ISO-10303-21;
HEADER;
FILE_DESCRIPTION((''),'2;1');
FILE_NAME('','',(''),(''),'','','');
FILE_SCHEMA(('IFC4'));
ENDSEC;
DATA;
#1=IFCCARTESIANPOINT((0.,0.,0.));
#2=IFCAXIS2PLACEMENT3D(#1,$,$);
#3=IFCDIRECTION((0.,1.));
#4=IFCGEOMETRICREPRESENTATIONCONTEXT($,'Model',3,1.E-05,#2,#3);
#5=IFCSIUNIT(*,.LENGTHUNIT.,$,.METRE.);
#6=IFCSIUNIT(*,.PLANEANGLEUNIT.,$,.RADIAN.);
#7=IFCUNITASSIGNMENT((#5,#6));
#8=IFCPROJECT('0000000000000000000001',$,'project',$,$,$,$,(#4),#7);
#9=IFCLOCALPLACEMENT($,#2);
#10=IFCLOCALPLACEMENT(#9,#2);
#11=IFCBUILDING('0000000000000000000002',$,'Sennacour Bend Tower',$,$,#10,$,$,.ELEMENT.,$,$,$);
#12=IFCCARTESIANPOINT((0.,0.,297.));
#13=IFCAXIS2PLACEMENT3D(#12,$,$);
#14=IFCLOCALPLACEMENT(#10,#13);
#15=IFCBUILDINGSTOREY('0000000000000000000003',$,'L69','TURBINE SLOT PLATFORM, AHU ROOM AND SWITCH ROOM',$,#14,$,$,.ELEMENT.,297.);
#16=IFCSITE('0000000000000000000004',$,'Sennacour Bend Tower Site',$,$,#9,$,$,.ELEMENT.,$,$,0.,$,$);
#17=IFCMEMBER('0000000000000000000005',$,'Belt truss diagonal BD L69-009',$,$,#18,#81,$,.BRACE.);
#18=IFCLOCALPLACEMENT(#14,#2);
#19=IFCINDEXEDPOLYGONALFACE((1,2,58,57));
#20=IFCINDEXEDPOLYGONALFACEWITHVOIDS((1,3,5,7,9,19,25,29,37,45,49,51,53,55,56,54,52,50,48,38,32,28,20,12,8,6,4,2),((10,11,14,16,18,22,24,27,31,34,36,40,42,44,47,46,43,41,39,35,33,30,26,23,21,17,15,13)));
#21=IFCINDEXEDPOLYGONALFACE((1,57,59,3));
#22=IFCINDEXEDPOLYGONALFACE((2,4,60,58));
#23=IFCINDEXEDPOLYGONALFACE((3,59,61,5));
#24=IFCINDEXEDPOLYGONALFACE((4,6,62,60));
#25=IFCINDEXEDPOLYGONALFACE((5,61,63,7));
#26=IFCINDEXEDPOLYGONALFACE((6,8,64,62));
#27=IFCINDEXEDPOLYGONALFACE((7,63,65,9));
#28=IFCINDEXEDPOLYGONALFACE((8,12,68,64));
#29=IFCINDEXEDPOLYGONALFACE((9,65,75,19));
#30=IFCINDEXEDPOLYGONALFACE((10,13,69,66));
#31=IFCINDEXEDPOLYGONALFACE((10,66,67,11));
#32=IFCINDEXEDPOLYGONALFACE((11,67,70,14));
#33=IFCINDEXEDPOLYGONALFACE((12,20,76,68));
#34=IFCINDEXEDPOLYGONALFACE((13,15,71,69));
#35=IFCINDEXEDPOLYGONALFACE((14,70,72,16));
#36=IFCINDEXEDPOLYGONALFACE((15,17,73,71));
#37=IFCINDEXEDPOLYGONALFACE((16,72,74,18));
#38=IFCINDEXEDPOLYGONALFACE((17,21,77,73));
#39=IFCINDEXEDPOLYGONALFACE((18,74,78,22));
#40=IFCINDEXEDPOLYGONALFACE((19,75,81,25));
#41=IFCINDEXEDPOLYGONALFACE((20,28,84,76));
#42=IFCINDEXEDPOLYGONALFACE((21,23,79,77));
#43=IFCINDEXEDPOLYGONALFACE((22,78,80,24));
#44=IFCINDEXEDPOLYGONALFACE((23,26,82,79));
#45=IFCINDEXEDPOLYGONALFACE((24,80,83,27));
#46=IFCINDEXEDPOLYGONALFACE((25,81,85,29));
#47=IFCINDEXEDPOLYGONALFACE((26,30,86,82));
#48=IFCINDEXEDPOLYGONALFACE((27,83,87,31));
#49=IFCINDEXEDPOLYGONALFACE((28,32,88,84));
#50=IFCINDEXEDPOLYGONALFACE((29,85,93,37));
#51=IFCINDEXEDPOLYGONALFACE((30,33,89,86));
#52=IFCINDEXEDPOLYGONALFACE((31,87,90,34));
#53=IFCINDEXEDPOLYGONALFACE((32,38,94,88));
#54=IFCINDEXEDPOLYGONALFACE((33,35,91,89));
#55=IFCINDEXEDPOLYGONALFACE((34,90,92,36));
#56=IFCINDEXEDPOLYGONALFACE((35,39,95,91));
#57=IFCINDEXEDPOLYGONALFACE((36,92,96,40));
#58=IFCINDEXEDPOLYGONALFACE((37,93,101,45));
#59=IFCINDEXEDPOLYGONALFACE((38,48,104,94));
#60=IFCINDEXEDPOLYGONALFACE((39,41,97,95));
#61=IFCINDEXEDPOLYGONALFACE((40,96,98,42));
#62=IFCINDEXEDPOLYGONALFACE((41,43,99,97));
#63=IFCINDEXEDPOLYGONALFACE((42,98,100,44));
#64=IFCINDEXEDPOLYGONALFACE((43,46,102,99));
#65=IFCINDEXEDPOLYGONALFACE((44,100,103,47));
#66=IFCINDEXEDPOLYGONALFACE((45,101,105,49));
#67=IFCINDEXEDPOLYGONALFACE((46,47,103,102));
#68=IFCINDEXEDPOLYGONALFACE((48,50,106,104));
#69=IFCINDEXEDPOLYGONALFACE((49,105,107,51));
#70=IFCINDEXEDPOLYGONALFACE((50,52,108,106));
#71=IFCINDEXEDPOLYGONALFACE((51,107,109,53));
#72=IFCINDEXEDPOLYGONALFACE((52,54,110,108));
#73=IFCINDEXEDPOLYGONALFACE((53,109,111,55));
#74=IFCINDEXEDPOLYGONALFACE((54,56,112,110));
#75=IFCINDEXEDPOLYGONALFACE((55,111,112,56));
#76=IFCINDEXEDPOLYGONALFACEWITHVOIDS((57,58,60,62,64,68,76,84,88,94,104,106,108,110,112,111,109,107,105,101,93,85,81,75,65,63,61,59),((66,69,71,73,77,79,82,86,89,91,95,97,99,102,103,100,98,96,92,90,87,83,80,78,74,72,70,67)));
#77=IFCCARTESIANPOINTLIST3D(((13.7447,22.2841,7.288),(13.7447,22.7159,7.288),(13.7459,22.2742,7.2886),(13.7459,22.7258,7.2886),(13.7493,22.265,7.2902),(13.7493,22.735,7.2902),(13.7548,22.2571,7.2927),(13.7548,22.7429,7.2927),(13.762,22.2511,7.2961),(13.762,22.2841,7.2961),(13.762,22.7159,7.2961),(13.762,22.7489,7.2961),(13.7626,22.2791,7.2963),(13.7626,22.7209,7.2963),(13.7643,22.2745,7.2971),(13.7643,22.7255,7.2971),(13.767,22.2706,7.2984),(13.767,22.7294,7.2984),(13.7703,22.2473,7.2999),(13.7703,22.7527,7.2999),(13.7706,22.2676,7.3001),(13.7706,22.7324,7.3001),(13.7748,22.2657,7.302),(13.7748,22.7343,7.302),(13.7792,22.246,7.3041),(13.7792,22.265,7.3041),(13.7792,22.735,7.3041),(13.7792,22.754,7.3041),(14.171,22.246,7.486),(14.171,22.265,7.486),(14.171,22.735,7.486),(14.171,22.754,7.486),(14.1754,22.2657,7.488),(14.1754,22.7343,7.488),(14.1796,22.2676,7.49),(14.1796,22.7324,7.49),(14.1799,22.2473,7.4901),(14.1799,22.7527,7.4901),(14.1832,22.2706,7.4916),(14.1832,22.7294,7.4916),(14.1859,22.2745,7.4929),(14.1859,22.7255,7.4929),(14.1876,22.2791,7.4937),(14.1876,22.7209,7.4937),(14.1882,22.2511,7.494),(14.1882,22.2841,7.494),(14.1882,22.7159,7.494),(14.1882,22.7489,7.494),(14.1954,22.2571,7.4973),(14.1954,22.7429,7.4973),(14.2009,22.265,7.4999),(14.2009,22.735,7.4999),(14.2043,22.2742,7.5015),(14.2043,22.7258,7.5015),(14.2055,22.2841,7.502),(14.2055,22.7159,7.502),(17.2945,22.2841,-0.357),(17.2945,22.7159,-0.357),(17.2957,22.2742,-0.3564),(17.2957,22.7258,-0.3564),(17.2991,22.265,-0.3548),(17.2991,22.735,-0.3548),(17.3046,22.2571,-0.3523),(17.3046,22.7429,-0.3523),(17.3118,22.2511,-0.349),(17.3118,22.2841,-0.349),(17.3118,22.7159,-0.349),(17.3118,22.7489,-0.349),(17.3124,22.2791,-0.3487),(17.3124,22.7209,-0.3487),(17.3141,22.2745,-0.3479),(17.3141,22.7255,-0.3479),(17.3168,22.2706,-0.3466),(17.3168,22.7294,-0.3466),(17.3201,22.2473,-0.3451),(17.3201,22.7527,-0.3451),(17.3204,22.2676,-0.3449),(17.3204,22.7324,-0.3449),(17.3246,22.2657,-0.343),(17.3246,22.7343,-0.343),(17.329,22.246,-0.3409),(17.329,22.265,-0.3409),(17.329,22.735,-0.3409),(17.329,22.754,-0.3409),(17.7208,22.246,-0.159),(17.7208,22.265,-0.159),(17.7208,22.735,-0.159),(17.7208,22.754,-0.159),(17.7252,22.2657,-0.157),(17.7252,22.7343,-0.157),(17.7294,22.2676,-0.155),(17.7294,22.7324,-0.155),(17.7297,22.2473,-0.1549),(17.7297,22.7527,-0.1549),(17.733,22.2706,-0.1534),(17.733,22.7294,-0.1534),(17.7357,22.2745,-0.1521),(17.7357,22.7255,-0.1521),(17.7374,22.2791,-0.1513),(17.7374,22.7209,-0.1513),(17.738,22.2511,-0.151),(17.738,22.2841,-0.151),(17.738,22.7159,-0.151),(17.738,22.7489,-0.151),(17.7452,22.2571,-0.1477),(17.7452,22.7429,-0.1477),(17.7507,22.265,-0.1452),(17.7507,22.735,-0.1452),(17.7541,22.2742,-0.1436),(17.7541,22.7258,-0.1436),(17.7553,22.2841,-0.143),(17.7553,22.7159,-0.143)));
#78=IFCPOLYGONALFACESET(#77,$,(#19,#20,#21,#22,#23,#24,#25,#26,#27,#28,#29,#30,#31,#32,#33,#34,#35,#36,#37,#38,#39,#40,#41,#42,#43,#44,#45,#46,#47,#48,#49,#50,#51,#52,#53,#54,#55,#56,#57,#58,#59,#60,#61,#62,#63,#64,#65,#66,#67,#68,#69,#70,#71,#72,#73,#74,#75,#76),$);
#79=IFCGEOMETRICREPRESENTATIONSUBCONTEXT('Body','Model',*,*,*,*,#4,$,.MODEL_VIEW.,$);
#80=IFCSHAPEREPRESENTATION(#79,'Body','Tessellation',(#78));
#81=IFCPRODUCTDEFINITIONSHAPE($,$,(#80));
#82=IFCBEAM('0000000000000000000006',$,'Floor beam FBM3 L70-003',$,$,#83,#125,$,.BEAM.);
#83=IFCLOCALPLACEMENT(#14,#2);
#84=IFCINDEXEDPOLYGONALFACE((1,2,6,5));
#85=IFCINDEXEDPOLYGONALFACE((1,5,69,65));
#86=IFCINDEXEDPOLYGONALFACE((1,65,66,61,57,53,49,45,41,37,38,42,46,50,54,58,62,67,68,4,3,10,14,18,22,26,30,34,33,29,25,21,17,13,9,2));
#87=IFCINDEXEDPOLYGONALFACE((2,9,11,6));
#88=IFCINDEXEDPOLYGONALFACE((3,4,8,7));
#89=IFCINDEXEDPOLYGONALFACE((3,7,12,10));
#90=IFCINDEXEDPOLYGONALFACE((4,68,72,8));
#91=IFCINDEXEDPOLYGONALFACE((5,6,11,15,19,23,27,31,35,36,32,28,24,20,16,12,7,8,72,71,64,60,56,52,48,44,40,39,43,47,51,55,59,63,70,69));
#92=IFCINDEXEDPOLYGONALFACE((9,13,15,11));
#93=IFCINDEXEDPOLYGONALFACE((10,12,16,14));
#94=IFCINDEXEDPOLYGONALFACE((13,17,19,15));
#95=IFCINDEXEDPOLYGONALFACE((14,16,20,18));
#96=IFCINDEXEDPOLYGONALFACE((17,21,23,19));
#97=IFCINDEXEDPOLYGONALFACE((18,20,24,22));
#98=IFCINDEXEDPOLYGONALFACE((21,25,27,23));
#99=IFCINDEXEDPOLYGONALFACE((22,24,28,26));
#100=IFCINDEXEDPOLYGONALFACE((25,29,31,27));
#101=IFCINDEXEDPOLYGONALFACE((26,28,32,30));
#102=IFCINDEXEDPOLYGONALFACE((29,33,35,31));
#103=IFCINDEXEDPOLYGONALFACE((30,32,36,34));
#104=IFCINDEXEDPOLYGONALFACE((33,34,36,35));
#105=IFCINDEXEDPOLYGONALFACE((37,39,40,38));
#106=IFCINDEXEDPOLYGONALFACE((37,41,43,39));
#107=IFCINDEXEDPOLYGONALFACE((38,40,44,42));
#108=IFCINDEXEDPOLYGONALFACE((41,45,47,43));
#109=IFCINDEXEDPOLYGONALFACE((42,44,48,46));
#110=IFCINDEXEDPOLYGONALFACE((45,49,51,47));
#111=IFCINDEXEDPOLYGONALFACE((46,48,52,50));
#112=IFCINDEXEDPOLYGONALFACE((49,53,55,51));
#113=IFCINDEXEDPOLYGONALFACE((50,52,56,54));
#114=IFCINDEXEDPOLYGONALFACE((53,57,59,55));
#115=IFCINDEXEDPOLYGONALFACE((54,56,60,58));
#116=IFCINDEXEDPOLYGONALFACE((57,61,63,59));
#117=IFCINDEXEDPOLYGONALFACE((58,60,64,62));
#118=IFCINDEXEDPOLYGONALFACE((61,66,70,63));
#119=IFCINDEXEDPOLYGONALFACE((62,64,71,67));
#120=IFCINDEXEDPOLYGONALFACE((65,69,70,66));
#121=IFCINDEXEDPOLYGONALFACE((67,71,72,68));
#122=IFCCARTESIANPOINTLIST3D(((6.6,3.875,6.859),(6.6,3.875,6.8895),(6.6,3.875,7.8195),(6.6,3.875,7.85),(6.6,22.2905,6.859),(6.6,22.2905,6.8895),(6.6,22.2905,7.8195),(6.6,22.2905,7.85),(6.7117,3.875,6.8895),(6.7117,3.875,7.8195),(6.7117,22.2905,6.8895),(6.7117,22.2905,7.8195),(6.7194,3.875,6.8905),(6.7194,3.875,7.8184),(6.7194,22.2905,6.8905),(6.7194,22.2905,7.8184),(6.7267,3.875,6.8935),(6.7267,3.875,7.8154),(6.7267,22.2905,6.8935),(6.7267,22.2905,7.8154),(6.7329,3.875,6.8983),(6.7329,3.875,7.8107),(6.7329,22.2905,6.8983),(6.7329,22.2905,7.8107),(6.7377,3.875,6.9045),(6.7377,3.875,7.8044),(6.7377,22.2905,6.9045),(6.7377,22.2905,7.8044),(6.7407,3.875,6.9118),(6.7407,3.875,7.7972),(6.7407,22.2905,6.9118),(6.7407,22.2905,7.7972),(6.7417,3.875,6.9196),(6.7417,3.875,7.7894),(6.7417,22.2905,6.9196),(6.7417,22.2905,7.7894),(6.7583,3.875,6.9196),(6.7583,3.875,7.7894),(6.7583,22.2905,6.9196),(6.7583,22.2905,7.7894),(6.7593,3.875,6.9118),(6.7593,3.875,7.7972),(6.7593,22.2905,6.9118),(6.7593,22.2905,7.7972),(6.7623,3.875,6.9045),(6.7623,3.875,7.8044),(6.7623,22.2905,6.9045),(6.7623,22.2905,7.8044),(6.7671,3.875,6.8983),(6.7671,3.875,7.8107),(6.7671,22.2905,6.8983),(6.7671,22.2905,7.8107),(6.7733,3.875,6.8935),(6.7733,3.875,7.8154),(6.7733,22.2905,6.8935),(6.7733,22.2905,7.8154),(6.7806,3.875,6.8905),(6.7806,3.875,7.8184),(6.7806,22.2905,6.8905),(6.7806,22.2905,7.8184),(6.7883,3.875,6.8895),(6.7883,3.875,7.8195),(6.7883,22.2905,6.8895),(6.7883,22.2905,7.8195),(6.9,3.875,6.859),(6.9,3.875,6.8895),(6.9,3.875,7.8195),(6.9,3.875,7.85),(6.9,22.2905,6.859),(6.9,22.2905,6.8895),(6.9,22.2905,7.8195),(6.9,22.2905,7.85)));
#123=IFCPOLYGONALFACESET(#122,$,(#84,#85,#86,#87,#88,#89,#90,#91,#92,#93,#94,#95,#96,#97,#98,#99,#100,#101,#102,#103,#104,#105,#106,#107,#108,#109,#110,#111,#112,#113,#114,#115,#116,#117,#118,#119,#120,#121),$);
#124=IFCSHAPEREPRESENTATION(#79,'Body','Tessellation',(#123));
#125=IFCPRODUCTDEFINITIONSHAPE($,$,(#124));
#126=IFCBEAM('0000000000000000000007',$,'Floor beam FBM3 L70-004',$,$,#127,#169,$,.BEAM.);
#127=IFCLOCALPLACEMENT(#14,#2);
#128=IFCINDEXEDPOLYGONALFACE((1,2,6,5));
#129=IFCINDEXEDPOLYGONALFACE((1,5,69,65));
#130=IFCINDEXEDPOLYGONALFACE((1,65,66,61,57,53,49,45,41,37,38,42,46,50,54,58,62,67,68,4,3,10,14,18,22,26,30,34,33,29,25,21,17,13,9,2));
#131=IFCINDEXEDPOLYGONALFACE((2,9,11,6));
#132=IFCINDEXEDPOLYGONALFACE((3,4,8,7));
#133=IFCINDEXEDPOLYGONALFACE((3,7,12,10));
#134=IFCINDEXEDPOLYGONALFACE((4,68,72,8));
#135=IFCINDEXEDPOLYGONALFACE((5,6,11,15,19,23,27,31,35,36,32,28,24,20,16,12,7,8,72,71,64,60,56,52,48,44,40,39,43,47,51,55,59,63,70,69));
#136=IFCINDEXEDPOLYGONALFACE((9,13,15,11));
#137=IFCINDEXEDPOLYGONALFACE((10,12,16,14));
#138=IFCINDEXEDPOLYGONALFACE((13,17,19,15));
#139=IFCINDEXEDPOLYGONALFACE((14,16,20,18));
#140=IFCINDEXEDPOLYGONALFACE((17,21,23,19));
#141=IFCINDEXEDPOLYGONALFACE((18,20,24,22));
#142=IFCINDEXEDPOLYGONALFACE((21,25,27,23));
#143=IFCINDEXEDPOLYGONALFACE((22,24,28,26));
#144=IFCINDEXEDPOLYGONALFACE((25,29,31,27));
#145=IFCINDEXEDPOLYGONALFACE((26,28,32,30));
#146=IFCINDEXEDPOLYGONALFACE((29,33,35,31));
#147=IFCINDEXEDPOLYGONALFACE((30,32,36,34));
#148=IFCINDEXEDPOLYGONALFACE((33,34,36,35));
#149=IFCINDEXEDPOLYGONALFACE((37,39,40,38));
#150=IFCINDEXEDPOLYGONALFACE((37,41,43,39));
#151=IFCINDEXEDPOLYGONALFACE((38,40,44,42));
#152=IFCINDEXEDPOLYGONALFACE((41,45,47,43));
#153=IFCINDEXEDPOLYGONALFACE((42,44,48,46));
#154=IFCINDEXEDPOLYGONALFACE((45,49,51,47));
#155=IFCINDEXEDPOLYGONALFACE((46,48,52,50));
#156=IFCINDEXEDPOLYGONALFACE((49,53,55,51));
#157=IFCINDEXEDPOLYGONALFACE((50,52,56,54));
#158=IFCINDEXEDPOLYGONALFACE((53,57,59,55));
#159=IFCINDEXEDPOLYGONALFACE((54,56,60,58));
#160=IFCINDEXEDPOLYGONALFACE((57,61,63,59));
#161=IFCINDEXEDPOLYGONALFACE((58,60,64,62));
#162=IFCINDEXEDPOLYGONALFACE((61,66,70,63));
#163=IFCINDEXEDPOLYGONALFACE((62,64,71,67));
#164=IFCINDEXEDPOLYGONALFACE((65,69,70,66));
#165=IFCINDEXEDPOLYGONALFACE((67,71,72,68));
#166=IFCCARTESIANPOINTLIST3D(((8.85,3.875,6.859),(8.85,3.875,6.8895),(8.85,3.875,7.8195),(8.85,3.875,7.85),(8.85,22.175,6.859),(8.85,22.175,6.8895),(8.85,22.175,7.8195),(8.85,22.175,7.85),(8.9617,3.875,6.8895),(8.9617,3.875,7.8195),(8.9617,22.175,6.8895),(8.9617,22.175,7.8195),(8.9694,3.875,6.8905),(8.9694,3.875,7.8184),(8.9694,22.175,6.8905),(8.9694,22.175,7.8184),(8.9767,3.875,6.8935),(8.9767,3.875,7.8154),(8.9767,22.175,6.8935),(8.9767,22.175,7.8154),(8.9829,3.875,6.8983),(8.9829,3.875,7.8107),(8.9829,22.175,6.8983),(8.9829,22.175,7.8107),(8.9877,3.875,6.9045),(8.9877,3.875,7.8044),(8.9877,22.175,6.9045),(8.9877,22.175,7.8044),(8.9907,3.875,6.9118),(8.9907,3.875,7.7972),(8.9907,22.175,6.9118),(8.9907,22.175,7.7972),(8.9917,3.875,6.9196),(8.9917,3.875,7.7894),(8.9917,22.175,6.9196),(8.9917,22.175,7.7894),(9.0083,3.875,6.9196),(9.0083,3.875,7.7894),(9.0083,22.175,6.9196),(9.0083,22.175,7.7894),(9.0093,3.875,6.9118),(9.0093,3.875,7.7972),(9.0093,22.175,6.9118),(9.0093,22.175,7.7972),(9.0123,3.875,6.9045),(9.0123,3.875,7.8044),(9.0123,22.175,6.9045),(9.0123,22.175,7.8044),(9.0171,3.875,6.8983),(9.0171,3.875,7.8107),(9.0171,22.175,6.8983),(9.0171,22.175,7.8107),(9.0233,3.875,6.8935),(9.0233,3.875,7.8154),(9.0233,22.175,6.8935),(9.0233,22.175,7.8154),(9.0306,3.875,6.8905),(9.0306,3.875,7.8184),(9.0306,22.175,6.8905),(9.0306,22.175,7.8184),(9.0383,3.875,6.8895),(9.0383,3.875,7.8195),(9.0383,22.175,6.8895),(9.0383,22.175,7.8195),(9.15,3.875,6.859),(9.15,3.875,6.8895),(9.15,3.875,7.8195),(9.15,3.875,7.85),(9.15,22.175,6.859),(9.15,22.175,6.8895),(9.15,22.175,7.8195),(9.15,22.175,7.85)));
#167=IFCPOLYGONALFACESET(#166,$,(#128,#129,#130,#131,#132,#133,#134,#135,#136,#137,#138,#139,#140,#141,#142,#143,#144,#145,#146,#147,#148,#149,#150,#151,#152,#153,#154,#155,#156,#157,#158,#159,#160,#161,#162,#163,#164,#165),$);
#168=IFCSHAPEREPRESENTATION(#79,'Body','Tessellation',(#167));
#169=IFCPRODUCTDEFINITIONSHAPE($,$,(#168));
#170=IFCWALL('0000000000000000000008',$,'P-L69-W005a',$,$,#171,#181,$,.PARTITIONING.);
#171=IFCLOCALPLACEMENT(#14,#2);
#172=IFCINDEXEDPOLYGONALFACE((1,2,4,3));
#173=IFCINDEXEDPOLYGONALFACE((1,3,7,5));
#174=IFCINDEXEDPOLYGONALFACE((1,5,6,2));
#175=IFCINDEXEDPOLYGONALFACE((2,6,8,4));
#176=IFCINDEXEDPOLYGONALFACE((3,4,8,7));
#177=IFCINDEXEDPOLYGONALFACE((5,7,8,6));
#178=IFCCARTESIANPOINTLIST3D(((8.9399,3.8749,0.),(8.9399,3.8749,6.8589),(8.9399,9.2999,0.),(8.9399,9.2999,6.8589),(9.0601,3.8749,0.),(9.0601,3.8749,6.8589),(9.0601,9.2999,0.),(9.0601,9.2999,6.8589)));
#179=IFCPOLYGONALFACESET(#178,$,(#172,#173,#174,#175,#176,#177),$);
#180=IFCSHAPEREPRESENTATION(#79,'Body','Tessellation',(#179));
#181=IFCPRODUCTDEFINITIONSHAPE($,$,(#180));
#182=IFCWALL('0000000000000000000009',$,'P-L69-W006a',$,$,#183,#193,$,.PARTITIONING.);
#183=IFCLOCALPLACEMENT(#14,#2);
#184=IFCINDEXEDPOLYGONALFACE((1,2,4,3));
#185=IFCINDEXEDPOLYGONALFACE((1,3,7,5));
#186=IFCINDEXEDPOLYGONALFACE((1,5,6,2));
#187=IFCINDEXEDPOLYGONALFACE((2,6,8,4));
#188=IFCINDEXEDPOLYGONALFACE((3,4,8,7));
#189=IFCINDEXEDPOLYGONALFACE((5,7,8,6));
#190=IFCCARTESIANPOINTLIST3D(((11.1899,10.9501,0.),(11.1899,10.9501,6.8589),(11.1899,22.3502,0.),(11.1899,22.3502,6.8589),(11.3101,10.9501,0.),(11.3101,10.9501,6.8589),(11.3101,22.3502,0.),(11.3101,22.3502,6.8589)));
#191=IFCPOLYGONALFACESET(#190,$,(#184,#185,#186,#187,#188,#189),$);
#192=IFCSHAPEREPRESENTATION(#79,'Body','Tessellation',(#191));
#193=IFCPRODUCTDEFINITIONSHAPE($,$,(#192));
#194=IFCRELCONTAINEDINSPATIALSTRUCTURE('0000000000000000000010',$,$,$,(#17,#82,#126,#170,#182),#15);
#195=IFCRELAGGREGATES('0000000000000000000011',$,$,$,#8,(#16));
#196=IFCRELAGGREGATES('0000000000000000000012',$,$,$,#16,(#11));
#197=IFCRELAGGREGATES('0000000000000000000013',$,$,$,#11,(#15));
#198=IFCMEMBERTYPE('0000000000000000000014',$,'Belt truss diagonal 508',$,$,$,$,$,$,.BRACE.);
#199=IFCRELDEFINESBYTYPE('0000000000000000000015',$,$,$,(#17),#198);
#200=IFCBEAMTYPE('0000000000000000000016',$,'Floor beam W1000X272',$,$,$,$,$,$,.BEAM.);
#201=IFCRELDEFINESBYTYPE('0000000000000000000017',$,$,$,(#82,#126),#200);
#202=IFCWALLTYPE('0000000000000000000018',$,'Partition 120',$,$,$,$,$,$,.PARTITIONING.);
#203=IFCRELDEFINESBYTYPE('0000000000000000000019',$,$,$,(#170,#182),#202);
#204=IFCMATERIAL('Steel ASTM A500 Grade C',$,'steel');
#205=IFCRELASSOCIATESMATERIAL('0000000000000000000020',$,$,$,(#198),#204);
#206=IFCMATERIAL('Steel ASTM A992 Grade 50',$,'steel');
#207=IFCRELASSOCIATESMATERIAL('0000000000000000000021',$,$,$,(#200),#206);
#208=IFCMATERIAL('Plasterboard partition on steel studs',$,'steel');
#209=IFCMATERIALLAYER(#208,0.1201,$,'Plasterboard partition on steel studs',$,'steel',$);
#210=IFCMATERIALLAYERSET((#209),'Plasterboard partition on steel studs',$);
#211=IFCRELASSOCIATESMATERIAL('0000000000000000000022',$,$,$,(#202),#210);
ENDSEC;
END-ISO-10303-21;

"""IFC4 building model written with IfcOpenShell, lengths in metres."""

from ifc_helpers import new_model, si_unit, direction, frame, frame_2d, origin, origin_2d, place, context, subcontext, project, spatial, rectangle, hollow_rectangle, i_section, extrude, material, layer, layer_set, material_profile, profile_set, type_object, element, save


model = new_model("IFC4")

# Units and contexts
model_context = context("Model", 3, precision=1e-05, world=origin(), true_north=direction((0.0, 1.0)))
body_context = subcontext(model_context, "Body", "Model", "MODEL_VIEW")
ifc_project = project(units=[si_unit("LENGTHUNIT", "METRE"), si_unit("PLANEANGLEUNIT", "RADIAN")], contexts=[model_context])

# Site, building, storey
site_placement = place(None, origin())
site = spatial("IfcSite", under=ifc_project, at=site_placement, Name="Sennacour Bend Tower Site", CompositionType="ELEMENT", RefElevation=0.0)
building_placement = place(site_placement, origin())
building = spatial("IfcBuilding", under=site, at=building_placement, Name="Sennacour Bend Tower", CompositionType="ELEMENT")
storey_placement = place(building_placement, frame((0.0, 0.0, 297.0)))
storey = spatial("IfcBuildingStorey", under=building, at=storey_placement, Name="L69", Description="TURBINE SLOT PLATFORM, AHU ROOM AND SWITCH ROOM", CompositionType="ELEMENT", Elevation=297.0)

# Member
ifc_material_1 = material(Name="Steel ASTM A992 Grade 50", Category="steel")
ifc_material_2 = material(Name="Steel ASTM A500 Grade C", Category="steel")
ifc_material_profile_1 = material_profile(ifc_material_2, hollow_rectangle(XDim=0.5081, YDim=0.5081, WallThickness=0.019, InnerFilletRadius=0.019, OuterFilletRadius=0.0381, at=origin_2d()), Name="Steel ASTM A500 Grade C", Category="steel")
ifc_profile_set_1 = profile_set([ifc_material_profile_1], Name="Steel ASTM A500 Grade C")
member_type_1 = type_object("IfcMemberType", Name="Belt truss diagonal 508", PredefinedType="BRACE", material=ifc_profile_set_1)
for number, where, z_axis, x_axis, name in (
    (1, (13.9751, 22.5, 7.395), (0.421144, 0.0, -0.906994), (0.0, 1.0, 0.0), "Belt truss diagonal BD L69-009"),
):
    element("IfcMember", number, at=place(storey_placement, frame(where, z_axis=z_axis, x_axis=x_axis)), inside=storey, type_object=member_type_1, Name=name, PredefinedType="BRACE", context=body_context, shape_type="SweptSolid", body=[
        extrude(hollow_rectangle(XDim=0.5081, YDim=0.5081, WallThickness=0.019, InnerFilletRadius=0.019, OuterFilletRadius=0.0381, at=origin_2d()), origin(), (0.0, 0.0, 1.0), 8.429),
    ])

# Beams
ifc_material_profile_2 = material_profile(ifc_material_1, i_section(OverallWidth=0.3, OverallDepth=0.991, WebThickness=0.0166, FlangeThickness=0.0305, FilletRadius=0.03, at=origin_2d()), Name="Steel ASTM A992 Grade 50", Category="steel")
ifc_profile_set_2 = profile_set([ifc_material_profile_2], Name="Steel ASTM A992 Grade 50")
beam_type = type_object("IfcBeamType", Name="Floor beam W1000X272", PredefinedType="BEAM", material=ifc_profile_set_2)
beam_1_placement = place(storey_placement, frame((6.75, 3.875, 7.3545), z_axis=(0.0, 1.0, 0.0), x_axis=(-1.0, 0.0, 0.0)))
element("IfcBeam", 2, at=beam_1_placement, inside=storey, type_object=beam_type, Name="Floor beam FBM3 L70-003", PredefinedType="BEAM", context=body_context, shape_type="SweptSolid", body=[
    extrude(i_section(OverallWidth=0.3, OverallDepth=0.991, WebThickness=0.0166, FlangeThickness=0.0305, FilletRadius=0.03, at=origin_2d()), origin(), (0.0, 0.0, 1.0), 18.4155),
])
beam_2_placement = place(storey_placement, frame((9.0, 3.875, 7.3545), z_axis=(0.0, 1.0, 0.0), x_axis=(-1.0, 0.0, 0.0)))
element("IfcBeam", 3, at=beam_2_placement, inside=storey, type_object=beam_type, Name="Floor beam FBM3 L70-004", PredefinedType="BEAM", context=body_context, shape_type="SweptSolid", body=[
    extrude(i_section(OverallWidth=0.3, OverallDepth=0.991, WebThickness=0.0166, FlangeThickness=0.0305, FilletRadius=0.03, at=origin_2d()), origin(), (0.0, 0.0, 1.0), 18.3),
])

# Walls
ifc_material_3 = material(Name="Plasterboard partition on steel studs", Category="steel")
ifc_layer_1 = layer(ifc_material_3, 0.1201, Name="Plasterboard partition on steel studs", Category="steel")
ifc_layer_set_1 = layer_set([ifc_layer_1], Name="Plasterboard partition on steel studs")
wall_type_1 = type_object("IfcWallType", Name="Partition 120", PredefinedType="PARTITIONING", material=ifc_layer_set_1)
wall_1_placement = place(storey_placement, frame((9.0, 3.875, 0.0), z_axis=(0.0, 0.0, 1.0), x_axis=(0.0, 1.0, 0.0)))
element("IfcWall", 4, at=wall_1_placement, inside=storey, type_object=wall_type_1, Name="P-L69-W005a", PredefinedType="PARTITIONING", context=body_context, shape_type="SweptSolid", body=[
    extrude(rectangle(XDim=5.425, YDim=0.1201, at=frame_2d((2.7124, 0.0))), origin(), (0.0, 0.0, 1.0), 6.8589),
])
wall_2_placement = place(storey_placement, frame((11.25, 10.95, 0.0), z_axis=(0.0, 0.0, 1.0), x_axis=(0.0, 1.0, 0.0)))
element("IfcWall", 5, at=wall_2_placement, inside=storey, type_object=wall_type_1, Name="P-L69-W006a", PredefinedType="PARTITIONING", context=body_context, shape_type="SweptSolid", body=[
    extrude(rectangle(XDim=11.4001, YDim=0.1201, at=frame_2d((5.7002, 0.0))), origin(), (0.0, 0.0, 1.0), 6.8589),
])

save(model, "model.ifc")
